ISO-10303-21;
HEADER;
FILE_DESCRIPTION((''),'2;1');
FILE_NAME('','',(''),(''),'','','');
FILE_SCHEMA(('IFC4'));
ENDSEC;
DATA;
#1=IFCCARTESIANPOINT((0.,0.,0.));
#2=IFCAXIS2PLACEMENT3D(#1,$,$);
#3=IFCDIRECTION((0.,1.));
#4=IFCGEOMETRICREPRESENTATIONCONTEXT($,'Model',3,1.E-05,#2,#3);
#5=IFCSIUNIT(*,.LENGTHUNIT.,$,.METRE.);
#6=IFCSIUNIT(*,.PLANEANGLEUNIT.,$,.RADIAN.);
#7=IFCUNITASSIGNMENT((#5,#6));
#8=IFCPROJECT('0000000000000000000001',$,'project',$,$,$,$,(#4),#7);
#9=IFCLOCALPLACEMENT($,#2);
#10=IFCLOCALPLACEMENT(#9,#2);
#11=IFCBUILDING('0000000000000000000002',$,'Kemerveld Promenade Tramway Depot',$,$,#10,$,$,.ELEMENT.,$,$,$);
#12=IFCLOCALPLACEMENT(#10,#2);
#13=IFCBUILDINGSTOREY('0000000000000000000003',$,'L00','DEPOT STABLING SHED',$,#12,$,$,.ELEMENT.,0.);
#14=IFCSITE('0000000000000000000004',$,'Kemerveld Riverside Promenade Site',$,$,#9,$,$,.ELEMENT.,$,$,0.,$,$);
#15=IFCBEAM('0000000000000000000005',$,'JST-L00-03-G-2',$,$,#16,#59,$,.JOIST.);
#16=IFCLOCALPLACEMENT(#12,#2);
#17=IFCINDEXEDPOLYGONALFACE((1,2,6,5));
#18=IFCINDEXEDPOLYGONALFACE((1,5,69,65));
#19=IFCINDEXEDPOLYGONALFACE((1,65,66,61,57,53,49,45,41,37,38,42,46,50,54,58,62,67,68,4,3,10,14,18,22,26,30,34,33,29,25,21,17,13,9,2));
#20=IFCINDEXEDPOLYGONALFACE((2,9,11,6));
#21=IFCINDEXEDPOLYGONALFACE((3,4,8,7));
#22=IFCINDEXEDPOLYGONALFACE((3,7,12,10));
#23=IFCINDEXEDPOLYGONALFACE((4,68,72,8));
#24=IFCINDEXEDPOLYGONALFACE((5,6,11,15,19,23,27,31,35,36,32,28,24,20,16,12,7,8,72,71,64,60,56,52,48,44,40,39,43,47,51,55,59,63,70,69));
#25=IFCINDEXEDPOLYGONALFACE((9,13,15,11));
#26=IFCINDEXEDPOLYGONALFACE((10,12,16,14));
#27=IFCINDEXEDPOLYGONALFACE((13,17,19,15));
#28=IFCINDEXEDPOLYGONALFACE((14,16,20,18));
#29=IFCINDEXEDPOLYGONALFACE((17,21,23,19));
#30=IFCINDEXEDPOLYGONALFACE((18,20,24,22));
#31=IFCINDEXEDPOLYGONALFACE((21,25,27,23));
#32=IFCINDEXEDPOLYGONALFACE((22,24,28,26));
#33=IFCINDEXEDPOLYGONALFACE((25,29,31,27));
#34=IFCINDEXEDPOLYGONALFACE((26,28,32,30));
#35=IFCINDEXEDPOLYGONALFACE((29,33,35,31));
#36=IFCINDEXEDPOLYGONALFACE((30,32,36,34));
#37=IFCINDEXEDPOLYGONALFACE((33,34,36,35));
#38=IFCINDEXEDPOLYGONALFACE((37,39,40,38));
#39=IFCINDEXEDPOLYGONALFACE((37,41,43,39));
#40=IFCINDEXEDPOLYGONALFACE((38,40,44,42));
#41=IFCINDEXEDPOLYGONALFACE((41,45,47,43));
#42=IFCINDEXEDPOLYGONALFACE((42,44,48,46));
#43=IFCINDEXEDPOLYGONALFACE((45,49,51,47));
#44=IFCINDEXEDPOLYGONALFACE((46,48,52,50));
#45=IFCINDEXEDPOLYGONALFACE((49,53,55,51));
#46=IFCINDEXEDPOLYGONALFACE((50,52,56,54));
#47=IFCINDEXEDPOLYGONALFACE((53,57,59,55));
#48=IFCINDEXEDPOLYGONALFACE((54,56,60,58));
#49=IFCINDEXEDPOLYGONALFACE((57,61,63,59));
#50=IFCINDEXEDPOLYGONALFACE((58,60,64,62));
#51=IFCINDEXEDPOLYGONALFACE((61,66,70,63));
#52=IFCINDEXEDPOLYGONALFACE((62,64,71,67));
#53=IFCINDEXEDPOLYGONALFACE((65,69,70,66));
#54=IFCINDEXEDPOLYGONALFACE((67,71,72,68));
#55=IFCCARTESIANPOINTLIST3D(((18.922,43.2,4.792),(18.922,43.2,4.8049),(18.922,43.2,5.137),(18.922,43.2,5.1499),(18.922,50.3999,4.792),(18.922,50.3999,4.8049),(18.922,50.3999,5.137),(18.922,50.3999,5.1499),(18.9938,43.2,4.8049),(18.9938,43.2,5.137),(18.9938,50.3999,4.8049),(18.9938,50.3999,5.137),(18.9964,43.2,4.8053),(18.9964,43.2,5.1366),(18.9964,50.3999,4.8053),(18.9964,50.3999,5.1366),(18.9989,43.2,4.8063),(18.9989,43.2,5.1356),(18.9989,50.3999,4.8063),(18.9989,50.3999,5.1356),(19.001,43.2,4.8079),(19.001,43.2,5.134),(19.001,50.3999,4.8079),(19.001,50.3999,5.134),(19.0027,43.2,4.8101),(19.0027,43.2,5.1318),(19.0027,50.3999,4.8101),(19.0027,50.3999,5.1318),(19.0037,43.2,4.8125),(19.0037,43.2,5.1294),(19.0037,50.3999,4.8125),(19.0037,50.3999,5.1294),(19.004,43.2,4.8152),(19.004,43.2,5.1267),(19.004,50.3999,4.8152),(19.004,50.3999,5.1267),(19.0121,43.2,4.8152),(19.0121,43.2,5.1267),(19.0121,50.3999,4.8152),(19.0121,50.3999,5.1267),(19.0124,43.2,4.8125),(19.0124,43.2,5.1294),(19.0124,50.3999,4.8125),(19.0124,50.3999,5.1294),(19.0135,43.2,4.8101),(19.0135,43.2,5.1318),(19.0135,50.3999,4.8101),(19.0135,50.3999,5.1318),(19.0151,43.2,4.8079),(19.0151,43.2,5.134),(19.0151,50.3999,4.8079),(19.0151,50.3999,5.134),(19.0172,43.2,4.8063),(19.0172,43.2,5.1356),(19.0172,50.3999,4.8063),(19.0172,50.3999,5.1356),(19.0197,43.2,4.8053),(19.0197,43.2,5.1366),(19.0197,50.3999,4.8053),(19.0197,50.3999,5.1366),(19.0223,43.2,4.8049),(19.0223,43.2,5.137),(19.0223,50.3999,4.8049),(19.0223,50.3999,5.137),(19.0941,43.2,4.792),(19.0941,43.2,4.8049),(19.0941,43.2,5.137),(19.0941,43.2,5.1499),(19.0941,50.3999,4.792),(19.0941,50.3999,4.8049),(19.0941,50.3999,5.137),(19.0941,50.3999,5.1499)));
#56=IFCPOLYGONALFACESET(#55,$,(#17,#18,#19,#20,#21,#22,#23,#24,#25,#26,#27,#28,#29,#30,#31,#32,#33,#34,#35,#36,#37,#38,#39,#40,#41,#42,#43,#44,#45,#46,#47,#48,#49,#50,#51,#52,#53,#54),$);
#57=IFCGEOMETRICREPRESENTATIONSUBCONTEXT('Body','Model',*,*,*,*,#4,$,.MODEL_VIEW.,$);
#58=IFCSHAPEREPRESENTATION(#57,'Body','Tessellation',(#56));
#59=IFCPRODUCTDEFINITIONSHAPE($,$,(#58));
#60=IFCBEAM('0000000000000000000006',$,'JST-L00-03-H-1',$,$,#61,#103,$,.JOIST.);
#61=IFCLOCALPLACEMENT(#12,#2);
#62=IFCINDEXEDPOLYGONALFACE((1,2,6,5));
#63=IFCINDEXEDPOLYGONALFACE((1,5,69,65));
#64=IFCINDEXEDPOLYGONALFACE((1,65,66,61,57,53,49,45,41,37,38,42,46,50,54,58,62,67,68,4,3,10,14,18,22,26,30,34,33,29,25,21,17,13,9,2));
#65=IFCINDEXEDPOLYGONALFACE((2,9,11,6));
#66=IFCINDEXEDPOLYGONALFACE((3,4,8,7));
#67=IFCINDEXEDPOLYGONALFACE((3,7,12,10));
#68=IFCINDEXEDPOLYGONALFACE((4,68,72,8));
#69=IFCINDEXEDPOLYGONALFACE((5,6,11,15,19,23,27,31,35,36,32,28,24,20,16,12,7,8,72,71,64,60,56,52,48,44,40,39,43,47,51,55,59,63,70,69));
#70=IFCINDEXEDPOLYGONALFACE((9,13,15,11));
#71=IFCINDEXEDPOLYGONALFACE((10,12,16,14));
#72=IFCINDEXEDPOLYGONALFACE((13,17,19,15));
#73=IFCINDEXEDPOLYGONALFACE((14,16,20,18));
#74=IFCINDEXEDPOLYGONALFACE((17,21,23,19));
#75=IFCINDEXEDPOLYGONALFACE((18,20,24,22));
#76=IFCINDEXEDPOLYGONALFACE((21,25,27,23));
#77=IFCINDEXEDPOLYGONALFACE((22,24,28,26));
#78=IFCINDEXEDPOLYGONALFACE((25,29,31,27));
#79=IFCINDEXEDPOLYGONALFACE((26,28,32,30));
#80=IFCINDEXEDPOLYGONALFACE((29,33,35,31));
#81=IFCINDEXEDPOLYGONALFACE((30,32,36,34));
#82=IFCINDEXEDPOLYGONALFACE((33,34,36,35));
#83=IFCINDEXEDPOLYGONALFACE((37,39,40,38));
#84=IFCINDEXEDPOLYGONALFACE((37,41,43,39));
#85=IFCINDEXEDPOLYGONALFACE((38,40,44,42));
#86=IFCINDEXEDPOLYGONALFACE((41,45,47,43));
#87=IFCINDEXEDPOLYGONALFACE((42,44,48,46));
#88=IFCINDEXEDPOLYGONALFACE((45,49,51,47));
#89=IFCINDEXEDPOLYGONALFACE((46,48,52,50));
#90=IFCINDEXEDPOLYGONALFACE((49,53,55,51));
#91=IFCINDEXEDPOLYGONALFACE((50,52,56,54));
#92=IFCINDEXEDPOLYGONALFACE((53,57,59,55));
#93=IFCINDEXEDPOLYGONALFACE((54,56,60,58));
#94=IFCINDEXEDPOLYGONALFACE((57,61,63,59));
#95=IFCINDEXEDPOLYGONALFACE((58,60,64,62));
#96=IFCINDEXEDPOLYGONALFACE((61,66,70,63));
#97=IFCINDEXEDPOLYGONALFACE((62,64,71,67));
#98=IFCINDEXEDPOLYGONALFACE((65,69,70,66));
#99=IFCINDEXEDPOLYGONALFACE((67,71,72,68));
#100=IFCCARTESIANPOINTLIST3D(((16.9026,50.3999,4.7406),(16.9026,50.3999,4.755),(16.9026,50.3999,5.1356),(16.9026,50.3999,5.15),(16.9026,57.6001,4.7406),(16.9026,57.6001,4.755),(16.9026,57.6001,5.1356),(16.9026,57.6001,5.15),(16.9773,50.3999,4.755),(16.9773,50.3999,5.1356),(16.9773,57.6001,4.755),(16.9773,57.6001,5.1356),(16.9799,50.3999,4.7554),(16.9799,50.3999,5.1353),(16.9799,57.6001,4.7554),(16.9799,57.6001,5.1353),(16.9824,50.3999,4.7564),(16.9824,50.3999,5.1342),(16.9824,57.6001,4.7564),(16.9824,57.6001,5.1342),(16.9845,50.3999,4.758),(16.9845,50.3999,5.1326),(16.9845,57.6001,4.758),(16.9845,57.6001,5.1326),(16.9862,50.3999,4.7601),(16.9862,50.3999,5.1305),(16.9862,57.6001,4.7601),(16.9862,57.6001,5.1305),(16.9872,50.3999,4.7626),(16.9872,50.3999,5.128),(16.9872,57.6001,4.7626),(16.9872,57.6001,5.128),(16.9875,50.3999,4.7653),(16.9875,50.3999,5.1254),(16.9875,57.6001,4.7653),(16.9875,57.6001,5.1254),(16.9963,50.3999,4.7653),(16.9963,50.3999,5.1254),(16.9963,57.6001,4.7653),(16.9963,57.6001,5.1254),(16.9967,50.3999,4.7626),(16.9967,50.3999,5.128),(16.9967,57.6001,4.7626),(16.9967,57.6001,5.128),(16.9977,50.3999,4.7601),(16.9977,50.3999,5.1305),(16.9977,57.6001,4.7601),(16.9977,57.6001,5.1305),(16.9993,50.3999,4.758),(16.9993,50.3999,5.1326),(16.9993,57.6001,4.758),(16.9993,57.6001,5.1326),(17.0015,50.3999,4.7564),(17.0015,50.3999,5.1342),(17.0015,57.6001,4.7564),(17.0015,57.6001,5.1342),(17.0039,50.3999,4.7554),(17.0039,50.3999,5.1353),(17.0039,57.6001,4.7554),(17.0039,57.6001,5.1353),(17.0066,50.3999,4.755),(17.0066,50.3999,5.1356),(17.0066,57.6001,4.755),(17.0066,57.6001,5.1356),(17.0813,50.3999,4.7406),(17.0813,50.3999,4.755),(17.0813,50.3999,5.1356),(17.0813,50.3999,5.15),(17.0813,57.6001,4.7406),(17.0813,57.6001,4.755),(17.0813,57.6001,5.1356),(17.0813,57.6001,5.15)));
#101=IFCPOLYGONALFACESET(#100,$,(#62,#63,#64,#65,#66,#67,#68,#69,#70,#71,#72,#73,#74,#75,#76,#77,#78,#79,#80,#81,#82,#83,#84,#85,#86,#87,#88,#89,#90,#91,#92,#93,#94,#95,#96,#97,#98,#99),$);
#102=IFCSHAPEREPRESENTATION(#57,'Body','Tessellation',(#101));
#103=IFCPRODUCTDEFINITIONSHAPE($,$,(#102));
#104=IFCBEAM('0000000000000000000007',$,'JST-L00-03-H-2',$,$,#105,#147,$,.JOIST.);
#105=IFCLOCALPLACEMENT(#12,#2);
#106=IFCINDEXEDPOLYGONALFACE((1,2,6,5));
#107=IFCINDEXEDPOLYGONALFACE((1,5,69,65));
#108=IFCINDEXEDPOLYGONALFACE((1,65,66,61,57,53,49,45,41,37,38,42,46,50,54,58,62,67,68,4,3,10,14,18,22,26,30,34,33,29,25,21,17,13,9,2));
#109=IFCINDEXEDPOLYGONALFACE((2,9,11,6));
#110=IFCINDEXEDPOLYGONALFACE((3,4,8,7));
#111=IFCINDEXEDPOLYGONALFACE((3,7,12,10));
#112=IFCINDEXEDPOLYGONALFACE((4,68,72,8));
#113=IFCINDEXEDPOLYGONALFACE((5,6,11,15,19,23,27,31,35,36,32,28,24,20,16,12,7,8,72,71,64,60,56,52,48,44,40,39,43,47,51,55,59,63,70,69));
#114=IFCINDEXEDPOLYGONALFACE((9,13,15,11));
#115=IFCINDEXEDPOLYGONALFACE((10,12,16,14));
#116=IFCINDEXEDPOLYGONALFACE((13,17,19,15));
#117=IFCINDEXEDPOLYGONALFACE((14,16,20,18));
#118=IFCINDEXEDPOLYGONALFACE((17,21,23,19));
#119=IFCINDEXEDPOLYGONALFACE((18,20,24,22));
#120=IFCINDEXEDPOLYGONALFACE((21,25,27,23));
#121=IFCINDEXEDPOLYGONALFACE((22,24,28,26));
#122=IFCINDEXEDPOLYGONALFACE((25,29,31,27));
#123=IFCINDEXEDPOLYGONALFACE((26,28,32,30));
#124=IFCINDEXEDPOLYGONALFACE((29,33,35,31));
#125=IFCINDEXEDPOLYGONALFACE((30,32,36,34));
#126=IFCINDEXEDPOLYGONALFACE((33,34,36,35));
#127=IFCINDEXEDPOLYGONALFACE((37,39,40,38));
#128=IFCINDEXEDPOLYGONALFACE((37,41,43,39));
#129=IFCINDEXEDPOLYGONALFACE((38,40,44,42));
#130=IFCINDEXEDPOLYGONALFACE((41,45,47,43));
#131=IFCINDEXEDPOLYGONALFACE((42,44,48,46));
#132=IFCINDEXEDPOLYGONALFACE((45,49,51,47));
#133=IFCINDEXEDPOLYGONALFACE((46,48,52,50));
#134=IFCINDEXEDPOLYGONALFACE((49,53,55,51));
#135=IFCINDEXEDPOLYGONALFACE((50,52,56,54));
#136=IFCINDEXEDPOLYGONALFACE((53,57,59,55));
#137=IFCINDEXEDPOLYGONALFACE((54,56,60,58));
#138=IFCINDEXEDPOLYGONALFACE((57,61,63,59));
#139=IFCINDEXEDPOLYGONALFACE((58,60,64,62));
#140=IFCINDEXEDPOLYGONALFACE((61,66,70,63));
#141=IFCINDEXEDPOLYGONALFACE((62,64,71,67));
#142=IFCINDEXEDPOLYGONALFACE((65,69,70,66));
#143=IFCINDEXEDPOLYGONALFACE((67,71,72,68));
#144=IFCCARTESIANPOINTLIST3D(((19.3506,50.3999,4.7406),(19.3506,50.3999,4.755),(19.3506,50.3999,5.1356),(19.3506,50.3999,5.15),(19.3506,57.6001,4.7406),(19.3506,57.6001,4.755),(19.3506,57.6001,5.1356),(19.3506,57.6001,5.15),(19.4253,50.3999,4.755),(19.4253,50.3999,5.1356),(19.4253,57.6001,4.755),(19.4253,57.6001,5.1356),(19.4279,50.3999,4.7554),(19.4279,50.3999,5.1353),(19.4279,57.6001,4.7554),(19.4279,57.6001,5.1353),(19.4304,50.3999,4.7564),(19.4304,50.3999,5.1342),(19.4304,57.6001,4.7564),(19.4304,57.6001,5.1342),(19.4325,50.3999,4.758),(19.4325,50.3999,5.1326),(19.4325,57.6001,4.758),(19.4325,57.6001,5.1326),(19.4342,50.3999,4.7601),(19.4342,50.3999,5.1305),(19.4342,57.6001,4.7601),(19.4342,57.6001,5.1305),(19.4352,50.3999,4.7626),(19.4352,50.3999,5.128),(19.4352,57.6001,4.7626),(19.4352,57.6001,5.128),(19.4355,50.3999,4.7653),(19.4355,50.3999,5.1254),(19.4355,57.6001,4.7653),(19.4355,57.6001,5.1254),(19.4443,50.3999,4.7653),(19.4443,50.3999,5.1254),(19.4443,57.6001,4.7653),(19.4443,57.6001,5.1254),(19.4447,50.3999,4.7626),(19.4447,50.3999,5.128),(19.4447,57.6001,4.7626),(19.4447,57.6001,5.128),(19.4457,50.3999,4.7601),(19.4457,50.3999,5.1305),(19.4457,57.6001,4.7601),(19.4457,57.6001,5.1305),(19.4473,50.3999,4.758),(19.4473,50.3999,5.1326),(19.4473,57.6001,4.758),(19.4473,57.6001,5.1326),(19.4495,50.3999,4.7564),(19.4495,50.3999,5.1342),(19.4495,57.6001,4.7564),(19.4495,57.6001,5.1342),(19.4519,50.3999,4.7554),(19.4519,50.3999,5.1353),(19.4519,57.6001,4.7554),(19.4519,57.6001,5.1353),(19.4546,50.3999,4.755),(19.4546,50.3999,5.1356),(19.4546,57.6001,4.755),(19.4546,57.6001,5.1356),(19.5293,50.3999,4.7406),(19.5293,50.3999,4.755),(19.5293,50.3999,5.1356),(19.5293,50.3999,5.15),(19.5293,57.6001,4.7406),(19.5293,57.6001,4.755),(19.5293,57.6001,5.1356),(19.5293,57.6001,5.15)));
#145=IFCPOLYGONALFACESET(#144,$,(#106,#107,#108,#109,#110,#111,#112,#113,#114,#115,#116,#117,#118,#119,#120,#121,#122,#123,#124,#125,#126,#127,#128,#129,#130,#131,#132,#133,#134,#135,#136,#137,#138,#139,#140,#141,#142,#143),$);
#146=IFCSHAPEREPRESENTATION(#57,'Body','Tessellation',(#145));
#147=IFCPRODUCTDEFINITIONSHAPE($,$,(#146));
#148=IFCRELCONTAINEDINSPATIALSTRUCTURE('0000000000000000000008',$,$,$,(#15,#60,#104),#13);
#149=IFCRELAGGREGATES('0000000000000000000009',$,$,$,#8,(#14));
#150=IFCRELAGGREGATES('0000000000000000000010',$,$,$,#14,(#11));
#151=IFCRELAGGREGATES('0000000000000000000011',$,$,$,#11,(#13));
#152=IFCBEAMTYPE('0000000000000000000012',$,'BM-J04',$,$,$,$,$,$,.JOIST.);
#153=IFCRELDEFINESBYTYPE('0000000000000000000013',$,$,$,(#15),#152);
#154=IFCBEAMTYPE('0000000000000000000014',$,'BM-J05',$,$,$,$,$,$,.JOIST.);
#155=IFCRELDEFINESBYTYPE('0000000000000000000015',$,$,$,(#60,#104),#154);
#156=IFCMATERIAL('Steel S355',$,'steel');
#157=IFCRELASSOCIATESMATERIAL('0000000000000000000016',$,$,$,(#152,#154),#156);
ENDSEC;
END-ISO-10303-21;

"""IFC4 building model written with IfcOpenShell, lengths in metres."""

from ifc_helpers import new_model, si_unit, direction, frame, origin, origin_2d, place, context, subcontext, project, spatial, i_section, extrude, material, material_profile, profile_set, type_object, element, save


model = new_model("IFC4")

# Units and contexts
model_context = context("Model", 3, precision=1e-05, world=origin(), true_north=direction((0.0, 1.0)))
body_context = subcontext(model_context, "Body", "Model", "MODEL_VIEW")
ifc_project = project(units=[si_unit("LENGTHUNIT", "METRE"), si_unit("PLANEANGLEUNIT", "RADIAN")], contexts=[model_context])

# Site, building, storey
site_placement = place(None, origin())
site = spatial("IfcSite", under=ifc_project, at=site_placement, Name="Kemerveld Riverside Promenade Site", CompositionType="ELEMENT", RefElevation=0.0)
building_placement = place(site_placement, origin())
building = spatial("IfcBuilding", under=site, at=building_placement, Name="Kemerveld Promenade Tramway Depot", CompositionType="ELEMENT")
storey_placement = place(building_placement, origin())
storey = spatial("IfcBuildingStorey", under=building, at=storey_placement, Name="L00", Description="DEPOT STABLING SHED", CompositionType="ELEMENT", Elevation=0.0)

# Shared definitions
ifc_material_1 = material(Name="Steel S355", Category="steel")

# Beams
ifc_material_profile_1 = material_profile(ifc_material_1, i_section(OverallWidth=0.1721, OverallDepth=0.3579, WebThickness=0.0081, FlangeThickness=0.0129, FilletRadius=0.0103, at=origin_2d()), Name="356x171x57 UB")
ifc_profile_set_1 = profile_set([ifc_material_profile_1], Name="Steel S355")
beam_type_1 = type_object("IfcBeamType", Name="BM-J04", PredefinedType="JOIST", material=ifc_profile_set_1)
for number, where, z_axis, x_axis, name in (
    (1, (19.0081, 43.2, 4.9709), (0.0, 1.0, 0.0), (-1.0, 0.0, 0.0), "JST-L00-03-G-2"),
):
    element("IfcBeam", number, at=place(storey_placement, frame(where, z_axis=z_axis, x_axis=x_axis)), inside=storey, type_object=beam_type_1, Name=name, PredefinedType="JOIST", context=body_context, shape_type="SweptSolid", body=[
        extrude(i_section(OverallWidth=0.1721, OverallDepth=0.3579, WebThickness=0.0081, FlangeThickness=0.0129, FilletRadius=0.0103, at=origin_2d()), origin(), (0.0, 0.0, 1.0), 7.2),
    ])
ifc_material_profile_2 = material_profile(ifc_material_1, i_section(OverallWidth=0.1787, OverallDepth=0.4094, WebThickness=0.0088, FlangeThickness=0.0144, FilletRadius=0.0103, at=origin_2d()), Name="406x178x67 UB")
ifc_profile_set_2 = profile_set([ifc_material_profile_2], Name="Steel S355")
beam_type_2 = type_object("IfcBeamType", Name="BM-J05", PredefinedType="JOIST", material=ifc_profile_set_2)
for number, where, z_axis, x_axis, name in (
    (2, (16.9919, 50.3999, 4.9453), (0.0, 1.0, 0.0), (-1.0, 0.0, 0.0), "JST-L00-03-H-1"),
    (3, (19.4399, 50.3999, 4.9453), (0.0, 1.0, 0.0), (-1.0, 0.0, 0.0), "JST-L00-03-H-2"),
):
    element("IfcBeam", number, at=place(storey_placement, frame(where, z_axis=z_axis, x_axis=x_axis)), inside=storey, type_object=beam_type_2, Name=name, PredefinedType="JOIST", context=body_context, shape_type="SweptSolid", body=[
        extrude(i_section(OverallWidth=0.1787, OverallDepth=0.4094, WebThickness=0.0088, FlangeThickness=0.0144, FilletRadius=0.0103, at=origin_2d()), origin(), (0.0, 0.0, 1.0), 7.2002),
    ])

save(model, "model.ifc")
